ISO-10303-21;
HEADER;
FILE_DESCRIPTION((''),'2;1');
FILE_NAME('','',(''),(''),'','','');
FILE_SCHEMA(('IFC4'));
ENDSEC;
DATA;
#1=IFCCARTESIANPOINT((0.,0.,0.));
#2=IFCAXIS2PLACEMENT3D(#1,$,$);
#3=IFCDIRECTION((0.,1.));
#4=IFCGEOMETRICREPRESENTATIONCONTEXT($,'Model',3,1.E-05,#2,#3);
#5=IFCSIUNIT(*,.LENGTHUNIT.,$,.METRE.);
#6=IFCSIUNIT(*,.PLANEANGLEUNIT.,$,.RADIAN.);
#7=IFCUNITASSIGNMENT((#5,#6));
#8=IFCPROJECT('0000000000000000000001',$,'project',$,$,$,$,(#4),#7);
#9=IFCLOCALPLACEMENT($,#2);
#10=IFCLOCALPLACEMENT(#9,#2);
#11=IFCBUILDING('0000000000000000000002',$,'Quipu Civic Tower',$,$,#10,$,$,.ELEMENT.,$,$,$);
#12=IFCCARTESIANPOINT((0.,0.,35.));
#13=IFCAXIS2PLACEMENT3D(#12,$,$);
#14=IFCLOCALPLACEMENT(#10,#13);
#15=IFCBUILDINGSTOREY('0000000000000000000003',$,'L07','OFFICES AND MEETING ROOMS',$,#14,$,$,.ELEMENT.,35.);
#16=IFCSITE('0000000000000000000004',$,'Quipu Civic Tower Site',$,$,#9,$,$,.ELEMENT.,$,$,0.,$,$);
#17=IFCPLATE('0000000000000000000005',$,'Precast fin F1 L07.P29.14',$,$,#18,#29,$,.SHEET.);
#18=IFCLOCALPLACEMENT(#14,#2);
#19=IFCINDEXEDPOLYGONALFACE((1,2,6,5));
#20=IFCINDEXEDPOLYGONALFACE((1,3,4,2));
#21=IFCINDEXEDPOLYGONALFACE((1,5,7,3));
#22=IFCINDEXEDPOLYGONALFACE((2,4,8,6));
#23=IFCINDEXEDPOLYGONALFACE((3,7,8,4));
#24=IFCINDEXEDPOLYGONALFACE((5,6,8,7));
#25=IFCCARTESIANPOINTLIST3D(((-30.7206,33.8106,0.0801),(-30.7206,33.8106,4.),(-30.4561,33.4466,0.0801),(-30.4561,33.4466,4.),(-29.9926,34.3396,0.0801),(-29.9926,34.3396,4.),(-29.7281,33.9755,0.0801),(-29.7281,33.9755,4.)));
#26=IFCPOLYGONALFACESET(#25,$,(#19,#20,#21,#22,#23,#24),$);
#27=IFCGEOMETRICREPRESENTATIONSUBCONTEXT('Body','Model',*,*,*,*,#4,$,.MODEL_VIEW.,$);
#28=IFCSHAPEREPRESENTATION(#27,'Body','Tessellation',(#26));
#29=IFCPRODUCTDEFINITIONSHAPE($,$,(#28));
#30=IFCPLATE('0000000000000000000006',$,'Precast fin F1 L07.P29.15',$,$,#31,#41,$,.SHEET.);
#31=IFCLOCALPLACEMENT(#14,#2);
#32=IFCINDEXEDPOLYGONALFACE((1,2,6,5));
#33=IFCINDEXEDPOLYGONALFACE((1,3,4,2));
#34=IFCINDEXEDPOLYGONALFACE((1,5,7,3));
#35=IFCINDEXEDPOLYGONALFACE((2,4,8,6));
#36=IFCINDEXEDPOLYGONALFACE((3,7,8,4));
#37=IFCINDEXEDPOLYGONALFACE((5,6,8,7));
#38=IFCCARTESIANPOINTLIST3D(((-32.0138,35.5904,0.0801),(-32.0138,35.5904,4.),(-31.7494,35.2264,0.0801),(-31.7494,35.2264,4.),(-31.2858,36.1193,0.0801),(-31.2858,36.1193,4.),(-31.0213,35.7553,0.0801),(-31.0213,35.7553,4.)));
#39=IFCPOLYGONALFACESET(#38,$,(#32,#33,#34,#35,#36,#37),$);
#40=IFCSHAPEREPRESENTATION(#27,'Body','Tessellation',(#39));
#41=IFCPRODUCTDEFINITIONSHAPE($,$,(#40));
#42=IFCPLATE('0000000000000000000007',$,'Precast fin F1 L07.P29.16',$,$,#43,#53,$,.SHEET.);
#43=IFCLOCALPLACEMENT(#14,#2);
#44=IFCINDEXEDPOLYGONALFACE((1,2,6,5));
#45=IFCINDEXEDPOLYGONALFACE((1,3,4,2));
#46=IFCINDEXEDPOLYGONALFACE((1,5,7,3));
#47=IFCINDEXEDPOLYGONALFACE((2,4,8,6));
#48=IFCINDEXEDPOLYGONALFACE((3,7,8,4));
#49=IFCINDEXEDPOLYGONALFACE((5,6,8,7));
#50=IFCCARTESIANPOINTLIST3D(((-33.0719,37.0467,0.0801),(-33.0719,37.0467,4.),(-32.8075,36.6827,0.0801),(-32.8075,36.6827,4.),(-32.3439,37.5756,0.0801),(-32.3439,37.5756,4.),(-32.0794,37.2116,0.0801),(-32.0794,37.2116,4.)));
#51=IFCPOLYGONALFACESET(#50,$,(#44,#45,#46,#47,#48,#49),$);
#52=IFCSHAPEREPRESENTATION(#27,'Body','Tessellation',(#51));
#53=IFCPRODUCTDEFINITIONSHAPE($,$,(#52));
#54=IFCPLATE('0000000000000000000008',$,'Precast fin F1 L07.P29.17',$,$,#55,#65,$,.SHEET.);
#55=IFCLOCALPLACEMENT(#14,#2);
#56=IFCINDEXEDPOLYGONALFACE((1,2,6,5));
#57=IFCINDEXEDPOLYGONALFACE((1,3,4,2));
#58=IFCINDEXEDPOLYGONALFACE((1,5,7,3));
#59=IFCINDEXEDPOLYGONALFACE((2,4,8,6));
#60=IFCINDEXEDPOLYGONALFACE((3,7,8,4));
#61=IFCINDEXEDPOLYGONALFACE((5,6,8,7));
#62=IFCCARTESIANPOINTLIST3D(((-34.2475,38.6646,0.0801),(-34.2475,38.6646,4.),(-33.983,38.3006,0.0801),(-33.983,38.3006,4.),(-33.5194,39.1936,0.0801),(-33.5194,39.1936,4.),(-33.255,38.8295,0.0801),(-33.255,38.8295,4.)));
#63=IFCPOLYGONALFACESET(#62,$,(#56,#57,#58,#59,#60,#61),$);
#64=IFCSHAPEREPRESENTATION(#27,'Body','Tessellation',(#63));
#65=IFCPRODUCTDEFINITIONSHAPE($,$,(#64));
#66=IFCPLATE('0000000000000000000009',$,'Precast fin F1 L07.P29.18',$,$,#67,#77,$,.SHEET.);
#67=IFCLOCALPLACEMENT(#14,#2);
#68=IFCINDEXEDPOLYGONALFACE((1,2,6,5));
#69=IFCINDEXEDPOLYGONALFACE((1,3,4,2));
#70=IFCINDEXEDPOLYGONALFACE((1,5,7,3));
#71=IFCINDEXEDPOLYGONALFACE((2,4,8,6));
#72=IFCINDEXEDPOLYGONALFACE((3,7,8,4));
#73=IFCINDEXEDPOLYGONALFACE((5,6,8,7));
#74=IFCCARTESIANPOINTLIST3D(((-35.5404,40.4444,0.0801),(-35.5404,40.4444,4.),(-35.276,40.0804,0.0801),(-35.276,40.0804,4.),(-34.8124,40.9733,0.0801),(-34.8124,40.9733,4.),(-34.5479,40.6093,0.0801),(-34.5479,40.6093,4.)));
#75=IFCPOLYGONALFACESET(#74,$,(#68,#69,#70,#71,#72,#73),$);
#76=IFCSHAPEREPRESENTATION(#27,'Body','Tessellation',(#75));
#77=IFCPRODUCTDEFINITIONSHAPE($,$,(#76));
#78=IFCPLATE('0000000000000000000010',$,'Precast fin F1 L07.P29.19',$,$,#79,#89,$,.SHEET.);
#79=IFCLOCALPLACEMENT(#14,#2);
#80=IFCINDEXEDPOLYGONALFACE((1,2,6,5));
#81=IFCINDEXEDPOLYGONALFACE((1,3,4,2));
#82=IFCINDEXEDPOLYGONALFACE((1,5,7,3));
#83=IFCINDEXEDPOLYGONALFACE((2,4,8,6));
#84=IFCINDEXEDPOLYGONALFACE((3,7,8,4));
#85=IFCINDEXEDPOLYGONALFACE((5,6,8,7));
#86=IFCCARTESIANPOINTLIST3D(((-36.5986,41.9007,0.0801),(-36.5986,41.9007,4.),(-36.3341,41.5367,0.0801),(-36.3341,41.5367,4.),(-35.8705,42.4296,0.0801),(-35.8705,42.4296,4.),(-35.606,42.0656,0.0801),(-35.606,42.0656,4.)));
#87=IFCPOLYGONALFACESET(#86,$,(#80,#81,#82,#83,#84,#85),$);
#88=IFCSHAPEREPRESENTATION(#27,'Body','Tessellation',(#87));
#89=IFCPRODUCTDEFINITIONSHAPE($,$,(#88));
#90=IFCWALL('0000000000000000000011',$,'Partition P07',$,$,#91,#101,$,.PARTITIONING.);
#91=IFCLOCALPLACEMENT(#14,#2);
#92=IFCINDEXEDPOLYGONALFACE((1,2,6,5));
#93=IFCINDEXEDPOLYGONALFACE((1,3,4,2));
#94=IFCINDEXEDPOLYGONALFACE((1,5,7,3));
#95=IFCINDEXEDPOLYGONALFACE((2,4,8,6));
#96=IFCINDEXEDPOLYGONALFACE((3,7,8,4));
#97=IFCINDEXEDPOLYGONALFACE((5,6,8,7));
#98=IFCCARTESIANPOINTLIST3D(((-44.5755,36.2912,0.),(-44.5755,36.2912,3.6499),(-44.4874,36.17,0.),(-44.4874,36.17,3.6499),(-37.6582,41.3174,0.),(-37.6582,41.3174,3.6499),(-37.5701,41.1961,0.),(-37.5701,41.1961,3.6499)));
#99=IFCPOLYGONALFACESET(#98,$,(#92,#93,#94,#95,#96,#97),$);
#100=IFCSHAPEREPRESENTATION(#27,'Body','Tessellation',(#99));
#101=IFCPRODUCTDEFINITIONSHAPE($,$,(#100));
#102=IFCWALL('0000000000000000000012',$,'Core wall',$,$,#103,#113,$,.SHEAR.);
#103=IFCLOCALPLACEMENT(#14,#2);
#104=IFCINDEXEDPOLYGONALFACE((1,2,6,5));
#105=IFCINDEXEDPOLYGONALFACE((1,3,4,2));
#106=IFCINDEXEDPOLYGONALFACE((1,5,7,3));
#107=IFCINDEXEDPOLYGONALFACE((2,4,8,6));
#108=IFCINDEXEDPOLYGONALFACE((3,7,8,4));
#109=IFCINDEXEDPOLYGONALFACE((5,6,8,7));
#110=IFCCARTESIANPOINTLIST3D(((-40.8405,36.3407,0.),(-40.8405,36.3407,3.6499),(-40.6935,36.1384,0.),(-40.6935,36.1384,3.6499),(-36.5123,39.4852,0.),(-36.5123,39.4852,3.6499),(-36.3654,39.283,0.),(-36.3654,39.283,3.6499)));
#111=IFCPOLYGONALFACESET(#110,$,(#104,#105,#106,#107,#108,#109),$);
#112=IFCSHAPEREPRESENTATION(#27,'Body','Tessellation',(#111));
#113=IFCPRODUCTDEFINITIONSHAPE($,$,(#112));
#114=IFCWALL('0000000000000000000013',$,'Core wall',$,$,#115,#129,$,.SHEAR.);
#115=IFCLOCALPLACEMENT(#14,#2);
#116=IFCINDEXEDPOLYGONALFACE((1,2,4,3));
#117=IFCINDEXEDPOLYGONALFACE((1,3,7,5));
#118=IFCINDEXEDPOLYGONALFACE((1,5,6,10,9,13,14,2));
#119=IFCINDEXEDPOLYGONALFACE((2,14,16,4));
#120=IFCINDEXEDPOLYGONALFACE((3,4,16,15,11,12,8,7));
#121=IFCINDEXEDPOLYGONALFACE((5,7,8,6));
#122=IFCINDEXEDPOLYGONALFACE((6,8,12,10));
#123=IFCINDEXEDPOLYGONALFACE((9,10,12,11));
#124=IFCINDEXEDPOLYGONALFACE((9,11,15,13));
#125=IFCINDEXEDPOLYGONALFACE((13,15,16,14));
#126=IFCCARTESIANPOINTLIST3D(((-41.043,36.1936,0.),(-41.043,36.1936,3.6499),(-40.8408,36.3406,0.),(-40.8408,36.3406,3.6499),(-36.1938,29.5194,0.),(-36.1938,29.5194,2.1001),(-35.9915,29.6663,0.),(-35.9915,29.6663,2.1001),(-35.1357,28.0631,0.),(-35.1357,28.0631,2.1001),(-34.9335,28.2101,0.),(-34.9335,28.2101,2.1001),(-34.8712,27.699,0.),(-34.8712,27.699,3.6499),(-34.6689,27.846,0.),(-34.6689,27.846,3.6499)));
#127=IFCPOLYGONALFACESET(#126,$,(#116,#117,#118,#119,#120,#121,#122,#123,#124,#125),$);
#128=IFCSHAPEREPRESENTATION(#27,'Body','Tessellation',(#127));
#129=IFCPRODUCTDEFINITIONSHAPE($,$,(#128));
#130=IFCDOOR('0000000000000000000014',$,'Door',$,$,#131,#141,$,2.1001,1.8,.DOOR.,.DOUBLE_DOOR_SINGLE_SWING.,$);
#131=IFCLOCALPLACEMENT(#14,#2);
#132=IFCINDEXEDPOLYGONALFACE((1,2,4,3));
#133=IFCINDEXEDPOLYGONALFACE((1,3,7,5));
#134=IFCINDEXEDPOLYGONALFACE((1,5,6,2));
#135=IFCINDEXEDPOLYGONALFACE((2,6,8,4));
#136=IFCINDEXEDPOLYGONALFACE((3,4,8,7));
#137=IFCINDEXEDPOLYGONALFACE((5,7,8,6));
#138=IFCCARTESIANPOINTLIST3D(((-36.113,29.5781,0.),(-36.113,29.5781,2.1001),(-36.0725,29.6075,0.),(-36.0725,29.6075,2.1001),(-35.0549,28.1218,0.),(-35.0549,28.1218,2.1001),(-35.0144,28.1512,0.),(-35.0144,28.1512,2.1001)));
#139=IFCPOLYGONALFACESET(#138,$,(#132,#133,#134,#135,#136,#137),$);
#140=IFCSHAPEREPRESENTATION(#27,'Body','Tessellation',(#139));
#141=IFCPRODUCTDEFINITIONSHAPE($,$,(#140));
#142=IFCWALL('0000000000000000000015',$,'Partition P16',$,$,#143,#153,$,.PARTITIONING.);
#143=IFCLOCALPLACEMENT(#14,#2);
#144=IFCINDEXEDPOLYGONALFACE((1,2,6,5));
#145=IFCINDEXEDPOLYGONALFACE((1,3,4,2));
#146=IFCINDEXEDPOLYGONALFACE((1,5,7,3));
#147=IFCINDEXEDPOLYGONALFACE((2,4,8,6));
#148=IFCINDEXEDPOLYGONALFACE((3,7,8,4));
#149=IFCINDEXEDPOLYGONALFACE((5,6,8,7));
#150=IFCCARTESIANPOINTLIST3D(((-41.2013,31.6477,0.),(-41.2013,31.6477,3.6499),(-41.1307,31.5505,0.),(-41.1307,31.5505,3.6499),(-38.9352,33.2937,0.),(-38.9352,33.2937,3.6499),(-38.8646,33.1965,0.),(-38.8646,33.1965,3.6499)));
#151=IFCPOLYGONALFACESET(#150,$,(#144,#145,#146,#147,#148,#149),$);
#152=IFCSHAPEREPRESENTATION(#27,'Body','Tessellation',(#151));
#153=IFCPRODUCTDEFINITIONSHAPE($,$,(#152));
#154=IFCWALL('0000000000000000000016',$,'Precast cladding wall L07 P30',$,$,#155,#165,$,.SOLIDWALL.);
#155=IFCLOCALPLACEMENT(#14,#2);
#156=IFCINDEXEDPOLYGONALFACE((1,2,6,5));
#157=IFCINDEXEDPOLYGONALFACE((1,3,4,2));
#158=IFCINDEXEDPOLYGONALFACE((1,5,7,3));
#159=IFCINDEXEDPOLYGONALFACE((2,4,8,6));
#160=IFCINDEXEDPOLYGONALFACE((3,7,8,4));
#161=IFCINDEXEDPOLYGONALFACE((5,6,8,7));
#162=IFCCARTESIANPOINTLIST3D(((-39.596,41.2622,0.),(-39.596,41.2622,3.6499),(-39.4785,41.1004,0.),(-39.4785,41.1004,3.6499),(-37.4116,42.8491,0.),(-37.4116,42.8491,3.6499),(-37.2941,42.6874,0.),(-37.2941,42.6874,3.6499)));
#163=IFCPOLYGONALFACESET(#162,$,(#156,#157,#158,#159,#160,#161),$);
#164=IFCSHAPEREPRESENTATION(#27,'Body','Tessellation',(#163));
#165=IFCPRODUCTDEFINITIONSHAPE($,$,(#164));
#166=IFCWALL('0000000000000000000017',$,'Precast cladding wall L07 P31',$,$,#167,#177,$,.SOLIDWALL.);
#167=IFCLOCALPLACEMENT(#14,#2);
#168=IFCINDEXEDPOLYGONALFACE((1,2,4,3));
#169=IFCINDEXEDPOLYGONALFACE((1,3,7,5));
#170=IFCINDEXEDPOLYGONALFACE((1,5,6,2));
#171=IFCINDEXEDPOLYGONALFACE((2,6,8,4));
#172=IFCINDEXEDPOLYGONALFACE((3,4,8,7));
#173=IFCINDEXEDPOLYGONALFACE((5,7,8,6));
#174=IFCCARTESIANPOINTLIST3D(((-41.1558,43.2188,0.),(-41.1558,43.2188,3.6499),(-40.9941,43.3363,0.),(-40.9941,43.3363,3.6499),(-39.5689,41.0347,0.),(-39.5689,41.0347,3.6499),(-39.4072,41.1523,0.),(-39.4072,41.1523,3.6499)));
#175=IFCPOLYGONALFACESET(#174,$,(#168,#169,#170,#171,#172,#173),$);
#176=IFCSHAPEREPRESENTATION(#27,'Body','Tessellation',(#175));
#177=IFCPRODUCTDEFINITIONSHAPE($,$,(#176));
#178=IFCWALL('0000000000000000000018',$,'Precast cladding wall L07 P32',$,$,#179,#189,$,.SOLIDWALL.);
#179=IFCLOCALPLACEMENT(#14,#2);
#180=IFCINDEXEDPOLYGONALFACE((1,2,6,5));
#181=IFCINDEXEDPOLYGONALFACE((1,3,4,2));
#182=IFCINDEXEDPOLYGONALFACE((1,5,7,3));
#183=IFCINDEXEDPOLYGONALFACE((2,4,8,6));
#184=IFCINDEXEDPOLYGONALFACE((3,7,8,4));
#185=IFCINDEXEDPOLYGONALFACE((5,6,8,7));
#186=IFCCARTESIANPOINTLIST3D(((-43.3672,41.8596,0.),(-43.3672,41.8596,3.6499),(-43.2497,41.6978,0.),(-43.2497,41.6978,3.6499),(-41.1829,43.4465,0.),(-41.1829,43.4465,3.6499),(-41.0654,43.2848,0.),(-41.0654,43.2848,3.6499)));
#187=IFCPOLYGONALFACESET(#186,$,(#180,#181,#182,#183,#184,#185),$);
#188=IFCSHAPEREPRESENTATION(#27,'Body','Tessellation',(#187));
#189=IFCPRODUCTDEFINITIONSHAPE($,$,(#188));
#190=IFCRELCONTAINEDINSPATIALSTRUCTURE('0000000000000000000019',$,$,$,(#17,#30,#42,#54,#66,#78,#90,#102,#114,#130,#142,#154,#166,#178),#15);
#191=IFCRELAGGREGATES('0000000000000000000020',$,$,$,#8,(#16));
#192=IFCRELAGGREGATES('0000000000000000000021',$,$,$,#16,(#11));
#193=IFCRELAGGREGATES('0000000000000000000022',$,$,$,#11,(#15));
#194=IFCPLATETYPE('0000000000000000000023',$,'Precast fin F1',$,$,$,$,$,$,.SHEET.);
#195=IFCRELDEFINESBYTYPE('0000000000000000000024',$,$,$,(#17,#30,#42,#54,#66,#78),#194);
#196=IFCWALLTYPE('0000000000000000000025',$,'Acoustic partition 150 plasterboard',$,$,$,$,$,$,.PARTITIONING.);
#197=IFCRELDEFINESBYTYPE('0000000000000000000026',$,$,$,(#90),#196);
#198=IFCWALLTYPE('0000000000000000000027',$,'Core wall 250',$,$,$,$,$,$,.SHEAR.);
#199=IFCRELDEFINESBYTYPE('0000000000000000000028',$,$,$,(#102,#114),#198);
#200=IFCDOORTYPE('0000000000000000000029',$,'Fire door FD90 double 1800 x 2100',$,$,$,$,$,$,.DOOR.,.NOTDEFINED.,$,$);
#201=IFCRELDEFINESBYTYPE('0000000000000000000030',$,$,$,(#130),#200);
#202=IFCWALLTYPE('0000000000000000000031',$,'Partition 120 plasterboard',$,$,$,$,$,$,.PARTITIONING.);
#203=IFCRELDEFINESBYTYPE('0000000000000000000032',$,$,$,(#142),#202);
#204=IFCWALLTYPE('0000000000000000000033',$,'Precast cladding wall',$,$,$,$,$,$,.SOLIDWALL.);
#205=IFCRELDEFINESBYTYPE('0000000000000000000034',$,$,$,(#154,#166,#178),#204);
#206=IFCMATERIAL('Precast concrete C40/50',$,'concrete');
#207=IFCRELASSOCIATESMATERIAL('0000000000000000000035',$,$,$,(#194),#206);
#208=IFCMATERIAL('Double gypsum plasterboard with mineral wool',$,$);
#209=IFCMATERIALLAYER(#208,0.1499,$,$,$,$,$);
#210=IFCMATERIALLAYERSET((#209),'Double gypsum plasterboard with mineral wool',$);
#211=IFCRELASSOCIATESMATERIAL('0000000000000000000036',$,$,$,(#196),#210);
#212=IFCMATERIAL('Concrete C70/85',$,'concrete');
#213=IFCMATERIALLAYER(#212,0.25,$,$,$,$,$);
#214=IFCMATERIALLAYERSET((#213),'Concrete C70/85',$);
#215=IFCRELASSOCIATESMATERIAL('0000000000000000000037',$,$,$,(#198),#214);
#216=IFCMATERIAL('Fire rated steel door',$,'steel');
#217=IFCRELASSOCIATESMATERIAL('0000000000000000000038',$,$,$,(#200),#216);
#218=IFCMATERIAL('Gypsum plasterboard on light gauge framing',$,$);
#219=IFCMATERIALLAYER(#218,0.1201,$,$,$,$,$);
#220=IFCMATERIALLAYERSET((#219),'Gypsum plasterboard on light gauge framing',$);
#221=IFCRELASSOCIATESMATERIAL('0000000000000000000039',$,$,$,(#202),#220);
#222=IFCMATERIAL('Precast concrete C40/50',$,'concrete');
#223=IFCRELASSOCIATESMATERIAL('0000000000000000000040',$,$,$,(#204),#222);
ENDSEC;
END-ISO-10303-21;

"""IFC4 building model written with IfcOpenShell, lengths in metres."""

from ifc_helpers import new_model, si_unit, direction, frame, frame_2d, origin, origin_2d, place, context, subcontext, project, spatial, rectangle, extrude, material, layer, layer_set, type_object, element, fill, save


model = new_model("IFC4")

# Units and contexts
model_context = context("Model", 3, precision=1e-05, world=origin(), true_north=direction((0.0, 1.0)))
body_context = subcontext(model_context, "Body", "Model", "MODEL_VIEW")
ifc_project = project(units=[si_unit("LENGTHUNIT", "METRE"), si_unit("PLANEANGLEUNIT", "RADIAN")], contexts=[model_context])

# Site, building, storey
site_placement = place(None, origin())
site = spatial("IfcSite", under=ifc_project, at=site_placement, Name="Quipu Civic Tower Site", CompositionType="ELEMENT", RefElevation=0.0)
building_placement = place(site_placement, origin())
building = spatial("IfcBuilding", under=site, at=building_placement, Name="Quipu Civic Tower", CompositionType="ELEMENT")
storey_placement = place(building_placement, frame((0.0, 0.0, 35.0)))
storey = spatial("IfcBuildingStorey", under=building, at=storey_placement, Name="L07", Description="OFFICES AND MEETING ROOMS", CompositionType="ELEMENT", Elevation=35.0)

# Plates
ifc_material_1 = material(Name="Precast concrete C40/50", Category="concrete")
plate_type_1 = type_object("IfcPlateType", Name="Precast fin F1", PredefinedType="SHEET", material=ifc_material_1)
for number, where, z_axis, x_axis, name in (
    (1, (-30.2244, 33.8931, 0.0801), (0.0, 0.0, 1.0), (-0.587785, 0.809017, 0.0), "Precast fin F1 L07.P29.14"),
    (2, (-31.5176, 35.6729, 0.0801), (0.0, 0.0, 1.0), (-0.587785, 0.809017, 0.0), "Precast fin F1 L07.P29.15"),
    (3, (-32.5757, 37.1292, 0.0801), (0.0, 0.0, 1.0), (-0.587785, 0.809017, 0.0), "Precast fin F1 L07.P29.16"),
    (4, (-33.7512, 38.7471, 0.0801), (0.0, 0.0, 1.0), (-0.587785, 0.809017, 0.0), "Precast fin F1 L07.P29.17"),
    (5, (-35.0442, 40.5269, 0.0801), (0.0, 0.0, 1.0), (-0.587785, 0.809017, 0.0), "Precast fin F1 L07.P29.18"),
    (6, (-36.1023, 41.9832, 0.0801), (0.0, 0.0, 1.0), (-0.587785, 0.809017, 0.0), "Precast fin F1 L07.P29.19"),
):
    element("IfcPlate", number, at=place(storey_placement, frame(where, z_axis=z_axis, x_axis=x_axis)), inside=storey, type_object=plate_type_1, Name=name, PredefinedType="SHEET", context=body_context, shape_type="SweptSolid", body=[
        extrude(rectangle(XDim=0.45, YDim=0.8999, at=origin_2d()), origin(), (0.0, 0.0, 1.0), 3.9199),
    ])

# Walls
ifc_material_2 = material(Name="Double gypsum plasterboard with mineral wool")
ifc_layer_1 = layer(ifc_material_2, 0.1499)
ifc_layer_set_1 = layer_set([ifc_layer_1], Name="Double gypsum plasterboard with mineral wool")
wall_type_1 = type_object("IfcWallType", Name="Acoustic partition 150 plasterboard", PredefinedType="PARTITIONING", material=ifc_layer_set_1)
wall_1_placement = place(storey_placement, frame((-37.614, 41.2568, 0.0), z_axis=(0.0, 0.0, 1.0), x_axis=(-0.808992, -0.58782, 0.0)))
element("IfcWall", 7, at=wall_1_placement, inside=storey, type_object=wall_type_1, Name="Partition P07", PredefinedType="PARTITIONING", context=body_context, shape_type="SweptSolid", body=[
    extrude(rectangle(XDim=8.5505, YDim=0.1499, at=frame_2d((4.2754, 0.0))), origin(), (0.0, 0.0, 1.0), 3.6499),
])
ifc_material_3 = material(Name="Concrete C70/85", Category="concrete")
ifc_layer_2 = layer(ifc_material_3, 0.25)
ifc_layer_set_2 = layer_set([ifc_layer_2], Name="Concrete C70/85")
wall_type_2 = type_object("IfcWallType", Name="Core wall 250", PredefinedType="SHEAR", material=ifc_layer_set_2)
wall_2_placement = place(storey_placement, frame((-36.439, 39.384, 0.0), z_axis=(0.0, 0.0, 1.0), x_axis=(-0.80902, -0.587781, 0.0)))
element("IfcWall", 8, at=wall_2_placement, inside=storey, type_object=wall_type_2, Name="Core wall", PredefinedType="SHEAR", context=body_context, shape_type="SweptSolid", body=[
    extrude(rectangle(XDim=5.3499, YDim=0.25, at=frame_2d((2.6748, 0.0))), origin(), (0.0, 0.0, 1.0), 3.6499),
])

# Wall, opening, door
wall_3_placement = place(storey_placement, frame((-40.9419, 36.2671, 0.0), z_axis=(0.0, 0.0, 1.0), x_axis=(0.587796, -0.809009, 0.0)))
wall_3 = element("IfcWall", 9, at=wall_3_placement, inside=storey, type_object=wall_type_2, Name="Core wall", PredefinedType="SHEAR", context=body_context, shape_type="SweptSolid", body=[
    extrude(rectangle(XDim=10.5, YDim=0.25, at=frame_2d((5.25, 0.0))), origin(), (0.0, 0.0, 1.0), 3.6499),
])
opening_placement = place(wall_3_placement, frame((8.25, 0.0, 0.0)))
opening = element("IfcOpeningElement", 10, at=opening_placement, cuts=wall_3, PredefinedType="OPENING", context=body_context, shape_type="SweptSolid", body=[
    extrude(rectangle(XDim=1.8, YDim=2.1001, at=frame_2d((0.8999, 1.05))), frame((0.0, 0.135, 0.0), z_axis=(0.0, -1.0, 0.0), x_axis=(1.0, 0.0, 0.0)), (0.0, 0.0, 1.0), 0.27),
])
ifc_material_4 = material(Name="Fire rated steel door", Category="steel")
door_type = type_object("IfcDoorType", Name="Fire door FD90 double 1800 x 2100", OperationType="NOTDEFINED", PredefinedType="DOOR", material=ifc_material_4)
door_placement = place(opening_placement, origin())
door = element("IfcDoor", 11, at=door_placement, inside=storey, type_object=door_type, Name="Door", OperationType="DOUBLE_DOOR_SINGLE_SWING", OverallHeight=2.1001, OverallWidth=1.8, PredefinedType="DOOR", context=body_context, shape_type="SweptSolid", body=[
    extrude(rectangle(XDim=1.8, YDim=2.1001, at=frame_2d((0.8999, 1.05))), frame((0.0, 0.0249, 0.0), z_axis=(0.0, -1.0, 0.0), x_axis=(1.0, 0.0, 0.0)), (0.0, 0.0, 1.0), 0.05),
])
fill(opening, door)

# Walls
ifc_material_5 = material(Name="Gypsum plasterboard on light gauge framing")
ifc_layer_3 = layer(ifc_material_5, 0.1201)
ifc_layer_set_3 = layer_set([ifc_layer_3], Name="Gypsum plasterboard on light gauge framing")
wall_type_3 = type_object("IfcWallType", Name="Partition 120 plasterboard", PredefinedType="PARTITIONING", material=ifc_layer_set_3)
wall_4_placement = place(storey_placement, frame((-41.166, 31.5991, 0.0), z_axis=(0.0, 0.0, 1.0), x_axis=(0.80909, 0.587684, 0.0)))
element("IfcWall", 12, at=wall_4_placement, inside=storey, type_object=wall_type_3, Name="Partition P16", PredefinedType="PARTITIONING", context=body_context, shape_type="SweptSolid", body=[
    extrude(rectangle(XDim=2.8008, YDim=0.1201, at=frame_2d((1.4004, 0.0))), origin(), (0.0, 0.0, 1.0), 3.6499),
])
ifc_material_6 = material(Name="Precast concrete C40/50", Category="concrete")
wall_type_4 = type_object("IfcWallType", Name="Precast cladding wall", PredefinedType="SOLIDWALL", material=ifc_material_6)
wall_5_placement = place(storey_placement, frame((-37.3528, 42.7683, 0.0), z_axis=(0.0, 0.0, 1.0), x_axis=(-0.809033, -0.587763, 0.0)))
element("IfcWall", 13, at=wall_5_placement, inside=storey, type_object=wall_type_4, Name="Precast cladding wall L07 P30", PredefinedType="SOLIDWALL", context=body_context, shape_type="SweptSolid", body=[
    extrude(rectangle(XDim=2.7, YDim=0.2, at=frame_2d((1.3501, 0.0))), origin(), (0.0, 0.0, 1.0), 3.6499),
])
wall_6_placement = place(storey_placement, frame((-39.488, 41.0935, 0.0), z_axis=(0.0, 0.0, 1.0), x_axis=(-0.587806, 0.809002, 0.0)))
element("IfcWall", 14, at=wall_6_placement, inside=storey, type_object=wall_type_4, Name="Precast cladding wall L07 P31", PredefinedType="SOLIDWALL", context=body_context, shape_type="SweptSolid", body=[
    extrude(rectangle(XDim=2.6997, YDim=0.2, at=frame_2d((1.3499, 0.0))), origin(), (0.0, 0.0, 1.0), 3.6499),
])
wall_7_placement = place(storey_placement, frame((-41.124, 43.3657, 0.0), z_axis=(0.0, 0.0, 1.0), x_axis=(-0.809033, -0.587763, 0.0)))
element("IfcWall", 15, at=wall_7_placement, inside=storey, type_object=wall_type_4, Name="Precast cladding wall L07 P32", PredefinedType="SOLIDWALL", context=body_context, shape_type="SweptSolid", body=[
    extrude(rectangle(XDim=2.7, YDim=0.2, at=frame_2d((1.3501, 0.0))), origin(), (0.0, 0.0, 1.0), 3.6499),
])

save(model, "model.ifc")
